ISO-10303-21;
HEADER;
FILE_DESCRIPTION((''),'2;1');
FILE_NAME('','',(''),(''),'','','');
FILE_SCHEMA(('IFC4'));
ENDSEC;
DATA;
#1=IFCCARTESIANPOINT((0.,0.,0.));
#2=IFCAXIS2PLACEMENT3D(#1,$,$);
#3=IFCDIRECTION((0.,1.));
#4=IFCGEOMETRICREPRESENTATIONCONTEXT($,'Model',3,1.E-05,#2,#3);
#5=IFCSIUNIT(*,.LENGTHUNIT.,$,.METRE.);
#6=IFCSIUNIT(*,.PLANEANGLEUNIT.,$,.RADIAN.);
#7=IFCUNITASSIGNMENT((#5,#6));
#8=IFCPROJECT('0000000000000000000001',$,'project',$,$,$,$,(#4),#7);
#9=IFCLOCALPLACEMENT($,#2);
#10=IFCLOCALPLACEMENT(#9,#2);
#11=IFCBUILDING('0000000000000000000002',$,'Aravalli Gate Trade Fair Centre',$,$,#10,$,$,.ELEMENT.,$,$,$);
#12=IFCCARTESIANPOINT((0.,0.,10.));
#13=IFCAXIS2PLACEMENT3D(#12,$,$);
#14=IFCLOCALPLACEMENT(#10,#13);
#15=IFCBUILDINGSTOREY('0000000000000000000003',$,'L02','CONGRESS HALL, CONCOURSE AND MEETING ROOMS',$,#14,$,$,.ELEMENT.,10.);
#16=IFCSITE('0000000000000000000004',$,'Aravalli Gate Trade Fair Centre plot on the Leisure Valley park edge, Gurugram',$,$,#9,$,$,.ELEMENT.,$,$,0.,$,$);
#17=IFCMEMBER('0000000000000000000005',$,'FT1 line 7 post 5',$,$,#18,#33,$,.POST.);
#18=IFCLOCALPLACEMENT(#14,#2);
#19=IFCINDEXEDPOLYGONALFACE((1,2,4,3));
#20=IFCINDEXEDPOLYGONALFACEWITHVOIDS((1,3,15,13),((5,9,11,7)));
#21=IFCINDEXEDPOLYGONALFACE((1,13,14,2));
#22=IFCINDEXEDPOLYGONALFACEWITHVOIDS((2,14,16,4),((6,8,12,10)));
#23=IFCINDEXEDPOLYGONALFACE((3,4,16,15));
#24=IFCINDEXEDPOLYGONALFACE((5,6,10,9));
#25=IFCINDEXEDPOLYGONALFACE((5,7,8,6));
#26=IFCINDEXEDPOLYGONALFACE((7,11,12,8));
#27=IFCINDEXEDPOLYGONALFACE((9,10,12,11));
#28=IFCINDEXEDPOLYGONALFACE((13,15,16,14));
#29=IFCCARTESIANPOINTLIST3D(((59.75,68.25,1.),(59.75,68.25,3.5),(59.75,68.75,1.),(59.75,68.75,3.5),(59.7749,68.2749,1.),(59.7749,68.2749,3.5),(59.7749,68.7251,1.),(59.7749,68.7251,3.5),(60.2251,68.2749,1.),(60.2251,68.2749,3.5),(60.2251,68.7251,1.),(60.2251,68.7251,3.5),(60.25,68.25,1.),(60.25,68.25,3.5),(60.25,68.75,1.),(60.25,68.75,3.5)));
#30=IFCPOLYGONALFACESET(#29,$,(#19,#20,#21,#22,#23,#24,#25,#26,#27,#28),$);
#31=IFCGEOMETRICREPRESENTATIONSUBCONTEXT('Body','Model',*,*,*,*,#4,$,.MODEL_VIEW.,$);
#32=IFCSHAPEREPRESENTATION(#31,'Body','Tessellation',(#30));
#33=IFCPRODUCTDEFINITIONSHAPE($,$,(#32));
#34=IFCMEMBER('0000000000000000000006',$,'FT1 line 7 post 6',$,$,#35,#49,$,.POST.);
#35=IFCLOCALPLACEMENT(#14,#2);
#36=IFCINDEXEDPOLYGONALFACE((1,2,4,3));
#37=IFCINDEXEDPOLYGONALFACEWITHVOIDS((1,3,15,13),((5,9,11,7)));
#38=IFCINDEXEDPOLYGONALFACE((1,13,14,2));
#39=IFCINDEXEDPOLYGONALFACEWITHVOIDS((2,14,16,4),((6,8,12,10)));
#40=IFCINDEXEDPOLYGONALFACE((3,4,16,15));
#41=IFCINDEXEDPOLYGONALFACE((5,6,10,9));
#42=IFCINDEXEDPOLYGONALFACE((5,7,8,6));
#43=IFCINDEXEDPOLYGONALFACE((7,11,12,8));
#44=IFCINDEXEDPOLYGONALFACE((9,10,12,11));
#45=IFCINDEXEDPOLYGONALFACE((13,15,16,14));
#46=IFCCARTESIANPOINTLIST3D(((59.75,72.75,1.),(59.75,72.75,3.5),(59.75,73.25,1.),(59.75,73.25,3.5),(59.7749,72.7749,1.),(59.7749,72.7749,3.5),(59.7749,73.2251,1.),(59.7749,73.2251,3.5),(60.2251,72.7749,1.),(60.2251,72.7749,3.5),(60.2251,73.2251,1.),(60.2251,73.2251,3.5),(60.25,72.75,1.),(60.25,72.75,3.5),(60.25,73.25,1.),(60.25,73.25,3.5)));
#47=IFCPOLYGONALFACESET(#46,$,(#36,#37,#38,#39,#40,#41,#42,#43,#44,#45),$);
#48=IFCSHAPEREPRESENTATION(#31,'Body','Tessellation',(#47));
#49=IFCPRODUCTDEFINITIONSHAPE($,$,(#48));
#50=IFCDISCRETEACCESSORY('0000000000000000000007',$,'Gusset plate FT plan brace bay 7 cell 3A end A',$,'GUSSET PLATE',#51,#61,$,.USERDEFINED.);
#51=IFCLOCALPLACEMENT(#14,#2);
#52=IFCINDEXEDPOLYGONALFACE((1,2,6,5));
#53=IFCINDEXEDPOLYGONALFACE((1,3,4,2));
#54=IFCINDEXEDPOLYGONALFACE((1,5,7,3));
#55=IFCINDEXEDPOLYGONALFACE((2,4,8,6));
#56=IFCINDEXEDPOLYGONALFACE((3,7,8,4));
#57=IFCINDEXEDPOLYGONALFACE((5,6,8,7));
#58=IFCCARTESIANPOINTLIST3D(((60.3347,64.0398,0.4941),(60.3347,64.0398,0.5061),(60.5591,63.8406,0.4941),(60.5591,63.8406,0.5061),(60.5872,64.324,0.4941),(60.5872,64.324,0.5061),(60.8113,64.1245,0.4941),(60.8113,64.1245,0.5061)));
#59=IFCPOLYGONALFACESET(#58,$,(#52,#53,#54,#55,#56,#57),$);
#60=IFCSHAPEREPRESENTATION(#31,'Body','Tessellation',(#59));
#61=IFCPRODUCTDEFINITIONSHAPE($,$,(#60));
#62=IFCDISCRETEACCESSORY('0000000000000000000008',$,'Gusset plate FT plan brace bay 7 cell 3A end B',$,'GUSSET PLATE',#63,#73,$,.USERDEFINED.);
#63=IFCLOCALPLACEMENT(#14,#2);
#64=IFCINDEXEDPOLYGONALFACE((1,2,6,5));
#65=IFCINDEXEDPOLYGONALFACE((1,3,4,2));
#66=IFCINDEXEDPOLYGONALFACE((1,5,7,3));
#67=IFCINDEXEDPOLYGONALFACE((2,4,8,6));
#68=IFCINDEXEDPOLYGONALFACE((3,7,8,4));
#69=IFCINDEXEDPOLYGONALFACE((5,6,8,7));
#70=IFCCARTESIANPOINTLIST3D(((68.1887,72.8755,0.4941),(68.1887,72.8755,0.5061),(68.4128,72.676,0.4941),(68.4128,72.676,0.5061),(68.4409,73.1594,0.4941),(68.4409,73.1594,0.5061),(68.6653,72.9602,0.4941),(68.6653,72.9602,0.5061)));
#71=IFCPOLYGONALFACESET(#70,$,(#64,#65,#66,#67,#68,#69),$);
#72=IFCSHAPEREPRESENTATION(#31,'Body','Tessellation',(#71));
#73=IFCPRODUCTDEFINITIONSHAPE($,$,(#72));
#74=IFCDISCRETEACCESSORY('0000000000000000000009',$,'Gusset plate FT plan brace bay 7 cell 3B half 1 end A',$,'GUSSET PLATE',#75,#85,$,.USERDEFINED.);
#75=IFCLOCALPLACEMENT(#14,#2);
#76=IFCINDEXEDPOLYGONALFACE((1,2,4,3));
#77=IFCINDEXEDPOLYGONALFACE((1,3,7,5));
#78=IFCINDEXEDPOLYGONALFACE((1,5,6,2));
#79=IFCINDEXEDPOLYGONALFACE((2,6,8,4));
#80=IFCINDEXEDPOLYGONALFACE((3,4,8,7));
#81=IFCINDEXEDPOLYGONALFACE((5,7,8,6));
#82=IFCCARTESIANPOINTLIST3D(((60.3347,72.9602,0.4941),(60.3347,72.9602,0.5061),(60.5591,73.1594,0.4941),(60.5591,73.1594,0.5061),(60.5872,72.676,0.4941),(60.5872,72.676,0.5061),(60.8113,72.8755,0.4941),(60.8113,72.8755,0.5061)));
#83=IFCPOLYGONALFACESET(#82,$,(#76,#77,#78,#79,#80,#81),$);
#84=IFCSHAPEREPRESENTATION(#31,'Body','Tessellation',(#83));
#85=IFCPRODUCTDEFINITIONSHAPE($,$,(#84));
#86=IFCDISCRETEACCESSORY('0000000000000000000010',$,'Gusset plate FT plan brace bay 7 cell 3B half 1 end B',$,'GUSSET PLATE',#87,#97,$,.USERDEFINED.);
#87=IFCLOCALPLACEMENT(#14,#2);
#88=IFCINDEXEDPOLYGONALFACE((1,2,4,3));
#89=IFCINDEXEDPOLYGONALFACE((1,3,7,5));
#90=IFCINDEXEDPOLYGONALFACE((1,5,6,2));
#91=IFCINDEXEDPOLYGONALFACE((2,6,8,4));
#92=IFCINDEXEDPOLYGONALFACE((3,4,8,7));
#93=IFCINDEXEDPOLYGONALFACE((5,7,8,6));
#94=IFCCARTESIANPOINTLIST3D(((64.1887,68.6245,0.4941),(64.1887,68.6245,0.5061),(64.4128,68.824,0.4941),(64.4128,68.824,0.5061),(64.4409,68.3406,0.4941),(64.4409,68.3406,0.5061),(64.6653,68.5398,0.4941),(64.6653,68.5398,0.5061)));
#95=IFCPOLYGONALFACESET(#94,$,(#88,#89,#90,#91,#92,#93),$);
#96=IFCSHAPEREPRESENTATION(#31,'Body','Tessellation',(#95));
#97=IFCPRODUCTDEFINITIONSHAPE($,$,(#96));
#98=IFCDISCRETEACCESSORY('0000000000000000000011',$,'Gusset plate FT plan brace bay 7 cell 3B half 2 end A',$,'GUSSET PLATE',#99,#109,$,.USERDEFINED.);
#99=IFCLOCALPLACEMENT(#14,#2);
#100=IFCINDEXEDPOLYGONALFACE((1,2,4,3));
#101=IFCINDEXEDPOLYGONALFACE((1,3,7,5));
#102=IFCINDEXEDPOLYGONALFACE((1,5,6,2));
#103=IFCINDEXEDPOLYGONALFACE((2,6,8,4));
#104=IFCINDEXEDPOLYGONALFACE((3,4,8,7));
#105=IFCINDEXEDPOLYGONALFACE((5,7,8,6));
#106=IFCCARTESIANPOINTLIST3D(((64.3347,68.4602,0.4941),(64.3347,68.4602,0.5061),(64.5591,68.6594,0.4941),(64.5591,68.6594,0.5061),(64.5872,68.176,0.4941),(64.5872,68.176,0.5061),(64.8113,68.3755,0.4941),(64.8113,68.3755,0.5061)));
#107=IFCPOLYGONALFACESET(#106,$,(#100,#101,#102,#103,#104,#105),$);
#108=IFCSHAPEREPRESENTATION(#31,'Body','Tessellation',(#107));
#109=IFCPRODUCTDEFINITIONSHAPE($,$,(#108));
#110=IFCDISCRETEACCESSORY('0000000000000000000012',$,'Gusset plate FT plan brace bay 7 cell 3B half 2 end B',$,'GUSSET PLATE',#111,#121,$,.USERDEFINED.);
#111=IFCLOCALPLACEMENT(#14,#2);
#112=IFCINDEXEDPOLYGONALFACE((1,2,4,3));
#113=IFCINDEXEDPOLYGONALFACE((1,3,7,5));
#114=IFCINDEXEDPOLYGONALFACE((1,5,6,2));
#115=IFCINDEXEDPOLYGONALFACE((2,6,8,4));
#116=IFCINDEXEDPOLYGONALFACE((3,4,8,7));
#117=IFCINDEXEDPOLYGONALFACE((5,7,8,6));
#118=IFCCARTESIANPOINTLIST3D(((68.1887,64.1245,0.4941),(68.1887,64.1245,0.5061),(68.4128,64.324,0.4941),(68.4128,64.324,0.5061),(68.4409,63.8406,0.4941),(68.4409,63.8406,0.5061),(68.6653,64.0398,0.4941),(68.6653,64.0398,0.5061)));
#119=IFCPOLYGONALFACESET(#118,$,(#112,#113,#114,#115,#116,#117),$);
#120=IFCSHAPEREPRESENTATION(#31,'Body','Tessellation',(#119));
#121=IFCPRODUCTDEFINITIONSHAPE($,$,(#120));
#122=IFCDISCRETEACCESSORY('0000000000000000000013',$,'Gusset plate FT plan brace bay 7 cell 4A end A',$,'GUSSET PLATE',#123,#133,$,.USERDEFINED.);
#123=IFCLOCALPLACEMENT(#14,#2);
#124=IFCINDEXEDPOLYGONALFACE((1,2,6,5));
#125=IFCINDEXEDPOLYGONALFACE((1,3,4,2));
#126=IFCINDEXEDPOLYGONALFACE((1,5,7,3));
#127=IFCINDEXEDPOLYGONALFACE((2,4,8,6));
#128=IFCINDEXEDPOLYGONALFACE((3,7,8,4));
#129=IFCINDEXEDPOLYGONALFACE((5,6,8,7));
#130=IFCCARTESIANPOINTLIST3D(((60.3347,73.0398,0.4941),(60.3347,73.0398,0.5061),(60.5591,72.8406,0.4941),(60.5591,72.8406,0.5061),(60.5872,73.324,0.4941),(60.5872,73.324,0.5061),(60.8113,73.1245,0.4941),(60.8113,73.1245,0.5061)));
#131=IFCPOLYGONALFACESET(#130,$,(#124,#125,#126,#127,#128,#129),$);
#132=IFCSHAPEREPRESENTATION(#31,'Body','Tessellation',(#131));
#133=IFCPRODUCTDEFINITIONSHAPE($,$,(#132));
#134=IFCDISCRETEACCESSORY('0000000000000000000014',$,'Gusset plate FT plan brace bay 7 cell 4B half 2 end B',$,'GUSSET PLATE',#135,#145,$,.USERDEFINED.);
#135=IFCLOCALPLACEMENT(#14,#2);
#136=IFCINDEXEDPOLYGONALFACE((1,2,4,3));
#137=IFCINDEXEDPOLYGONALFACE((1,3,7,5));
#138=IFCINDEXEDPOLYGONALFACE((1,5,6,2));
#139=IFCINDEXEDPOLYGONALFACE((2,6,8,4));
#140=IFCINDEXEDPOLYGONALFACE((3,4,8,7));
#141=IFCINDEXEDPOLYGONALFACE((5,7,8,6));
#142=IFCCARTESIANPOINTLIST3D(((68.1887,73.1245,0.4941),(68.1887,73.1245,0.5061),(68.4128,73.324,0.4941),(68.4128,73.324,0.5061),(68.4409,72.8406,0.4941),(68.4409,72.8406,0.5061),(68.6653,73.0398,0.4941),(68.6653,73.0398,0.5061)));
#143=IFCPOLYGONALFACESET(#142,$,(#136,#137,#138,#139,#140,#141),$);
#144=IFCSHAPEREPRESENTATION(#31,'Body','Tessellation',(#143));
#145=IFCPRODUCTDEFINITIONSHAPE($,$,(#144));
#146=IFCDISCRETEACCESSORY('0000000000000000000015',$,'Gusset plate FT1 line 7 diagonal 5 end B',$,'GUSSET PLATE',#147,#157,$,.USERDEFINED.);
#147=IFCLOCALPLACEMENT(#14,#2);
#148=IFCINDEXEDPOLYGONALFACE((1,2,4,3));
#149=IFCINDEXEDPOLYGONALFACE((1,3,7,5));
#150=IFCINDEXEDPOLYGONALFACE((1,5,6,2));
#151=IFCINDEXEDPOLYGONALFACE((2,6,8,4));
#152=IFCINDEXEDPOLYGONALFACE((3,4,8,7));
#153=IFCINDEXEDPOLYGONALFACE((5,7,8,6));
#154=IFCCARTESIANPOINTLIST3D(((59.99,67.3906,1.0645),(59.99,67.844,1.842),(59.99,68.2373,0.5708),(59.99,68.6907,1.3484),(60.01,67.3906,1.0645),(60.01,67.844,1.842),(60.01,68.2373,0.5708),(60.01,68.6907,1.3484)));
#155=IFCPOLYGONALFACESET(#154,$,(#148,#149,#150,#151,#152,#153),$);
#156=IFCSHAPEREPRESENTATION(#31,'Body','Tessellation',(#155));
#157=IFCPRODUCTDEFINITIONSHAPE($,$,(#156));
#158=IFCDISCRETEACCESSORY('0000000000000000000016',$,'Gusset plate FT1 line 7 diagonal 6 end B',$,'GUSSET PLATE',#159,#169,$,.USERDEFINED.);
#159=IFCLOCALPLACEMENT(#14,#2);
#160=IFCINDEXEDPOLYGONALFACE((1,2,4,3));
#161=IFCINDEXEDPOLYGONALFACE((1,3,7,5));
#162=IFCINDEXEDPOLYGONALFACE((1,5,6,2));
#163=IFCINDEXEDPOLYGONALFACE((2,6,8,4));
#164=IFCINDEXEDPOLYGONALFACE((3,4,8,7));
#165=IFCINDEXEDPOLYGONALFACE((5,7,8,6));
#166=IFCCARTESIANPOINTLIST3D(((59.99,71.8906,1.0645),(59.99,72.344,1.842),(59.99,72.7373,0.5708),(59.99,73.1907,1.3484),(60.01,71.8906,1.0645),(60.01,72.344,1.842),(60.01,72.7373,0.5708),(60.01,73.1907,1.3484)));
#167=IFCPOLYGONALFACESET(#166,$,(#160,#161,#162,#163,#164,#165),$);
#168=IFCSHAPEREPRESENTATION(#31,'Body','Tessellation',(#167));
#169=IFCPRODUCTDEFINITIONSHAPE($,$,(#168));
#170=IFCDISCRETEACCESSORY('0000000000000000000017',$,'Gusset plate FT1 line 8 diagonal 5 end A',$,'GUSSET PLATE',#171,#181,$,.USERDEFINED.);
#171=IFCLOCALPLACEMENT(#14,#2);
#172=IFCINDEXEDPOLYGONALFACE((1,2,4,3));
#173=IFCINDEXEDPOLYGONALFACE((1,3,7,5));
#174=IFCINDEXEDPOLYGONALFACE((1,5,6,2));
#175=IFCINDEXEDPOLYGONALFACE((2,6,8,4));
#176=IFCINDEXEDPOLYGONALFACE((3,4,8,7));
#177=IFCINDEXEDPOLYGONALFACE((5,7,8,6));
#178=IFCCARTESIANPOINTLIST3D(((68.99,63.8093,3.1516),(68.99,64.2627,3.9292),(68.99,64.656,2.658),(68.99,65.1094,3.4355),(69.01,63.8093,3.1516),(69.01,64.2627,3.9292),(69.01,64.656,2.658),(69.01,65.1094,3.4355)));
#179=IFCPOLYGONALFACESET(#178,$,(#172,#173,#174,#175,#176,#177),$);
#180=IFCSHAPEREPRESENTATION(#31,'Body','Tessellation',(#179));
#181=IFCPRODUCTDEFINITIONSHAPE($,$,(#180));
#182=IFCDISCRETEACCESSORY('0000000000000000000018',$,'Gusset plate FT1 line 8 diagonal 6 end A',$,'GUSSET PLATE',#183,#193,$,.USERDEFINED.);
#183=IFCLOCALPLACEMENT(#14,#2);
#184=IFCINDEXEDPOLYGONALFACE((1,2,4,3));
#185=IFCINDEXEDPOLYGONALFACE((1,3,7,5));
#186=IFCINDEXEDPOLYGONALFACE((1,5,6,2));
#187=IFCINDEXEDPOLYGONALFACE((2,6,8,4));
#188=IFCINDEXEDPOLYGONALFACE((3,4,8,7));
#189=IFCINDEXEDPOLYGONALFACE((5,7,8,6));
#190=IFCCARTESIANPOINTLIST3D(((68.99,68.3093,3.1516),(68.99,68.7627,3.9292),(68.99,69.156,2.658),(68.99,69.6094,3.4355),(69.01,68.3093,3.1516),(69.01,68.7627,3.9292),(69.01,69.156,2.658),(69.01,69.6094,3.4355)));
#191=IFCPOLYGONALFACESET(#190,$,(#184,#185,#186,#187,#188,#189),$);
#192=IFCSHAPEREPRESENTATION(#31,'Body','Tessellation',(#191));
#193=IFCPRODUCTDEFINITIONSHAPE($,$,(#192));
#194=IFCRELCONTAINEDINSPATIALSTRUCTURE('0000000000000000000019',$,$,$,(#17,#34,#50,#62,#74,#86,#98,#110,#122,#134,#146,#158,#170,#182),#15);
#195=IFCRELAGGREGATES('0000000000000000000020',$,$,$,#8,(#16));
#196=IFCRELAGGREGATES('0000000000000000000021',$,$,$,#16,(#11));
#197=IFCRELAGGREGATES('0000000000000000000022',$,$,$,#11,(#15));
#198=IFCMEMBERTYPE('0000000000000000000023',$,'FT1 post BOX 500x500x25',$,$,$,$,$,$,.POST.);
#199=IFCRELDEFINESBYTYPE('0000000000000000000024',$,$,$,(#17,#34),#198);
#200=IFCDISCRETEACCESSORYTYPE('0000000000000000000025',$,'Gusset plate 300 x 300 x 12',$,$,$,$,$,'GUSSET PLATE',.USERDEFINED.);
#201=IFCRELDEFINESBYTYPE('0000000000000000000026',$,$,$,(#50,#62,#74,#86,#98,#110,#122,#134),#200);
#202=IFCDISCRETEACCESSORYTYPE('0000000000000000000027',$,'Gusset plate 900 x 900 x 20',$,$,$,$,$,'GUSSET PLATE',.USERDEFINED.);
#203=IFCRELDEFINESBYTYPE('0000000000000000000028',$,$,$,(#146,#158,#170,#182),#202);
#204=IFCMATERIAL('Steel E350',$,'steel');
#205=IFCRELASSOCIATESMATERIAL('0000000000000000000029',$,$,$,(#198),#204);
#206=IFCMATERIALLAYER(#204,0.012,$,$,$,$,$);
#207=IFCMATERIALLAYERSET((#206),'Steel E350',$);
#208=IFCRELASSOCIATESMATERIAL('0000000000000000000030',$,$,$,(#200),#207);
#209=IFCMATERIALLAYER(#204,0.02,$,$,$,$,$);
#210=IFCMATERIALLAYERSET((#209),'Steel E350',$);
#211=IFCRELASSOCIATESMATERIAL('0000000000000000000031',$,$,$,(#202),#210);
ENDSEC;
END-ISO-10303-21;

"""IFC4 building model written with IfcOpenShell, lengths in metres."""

from ifc_helpers import new_model, si_unit, direction, frame, origin, origin_2d, place, context, subcontext, project, spatial, polyline, hollow_rectangle, outline, extrude, material, layer, layer_set, material_profile, profile_set, type_object, element, save


model = new_model("IFC4")

# Units and contexts
model_context = context("Model", 3, precision=1e-05, world=origin(), true_north=direction((0.0, 1.0)))
body_context = subcontext(model_context, "Body", "Model", "MODEL_VIEW")
ifc_project = project(units=[si_unit("LENGTHUNIT", "METRE"), si_unit("PLANEANGLEUNIT", "RADIAN")], contexts=[model_context])

# Site, building, storey
site_placement = place(None, origin())
site = spatial("IfcSite", under=ifc_project, at=site_placement, Name="Aravalli Gate Trade Fair Centre plot on the Leisure Valley park edge, Gurugram", CompositionType="ELEMENT", RefElevation=0.0)
building_placement = place(site_placement, origin())
building = spatial("IfcBuilding", under=site, at=building_placement, Name="Aravalli Gate Trade Fair Centre", CompositionType="ELEMENT")
storey_placement = place(building_placement, frame((0.0, 0.0, 10.0)))
storey = spatial("IfcBuildingStorey", under=building, at=storey_placement, Name="L02", Description="CONGRESS HALL, CONCOURSE AND MEETING ROOMS", CompositionType="ELEMENT", Elevation=10.0)

# Members
ifc_material = material(Name="Steel E350", Category="steel")
ifc_material_profile_1 = material_profile(ifc_material, hollow_rectangle(XDim=0.5, YDim=0.5, WallThickness=0.0249, at=origin_2d()), Name="BOX 500x500x25")
ifc_profile_set_1 = profile_set([ifc_material_profile_1], Name="Steel E350")
member_type_1 = type_object("IfcMemberType", Name="FT1 post BOX 500x500x25", PredefinedType="POST", material=ifc_profile_set_1)
for number, where, z_axis, x_axis, name in (
    (1, (60.0, 68.5, 1.0), (0.0, 0.0, 1.0), (1.0, 0.0, 0.0), "FT1 line 7 post 5"),
    (2, (60.0, 73.0, 1.0), (0.0, 0.0, 1.0), (1.0, 0.0, 0.0), "FT1 line 7 post 6"),
):
    element("IfcMember", number, at=place(storey_placement, frame(where, z_axis=z_axis, x_axis=x_axis)), inside=storey, type_object=member_type_1, Name=name, PredefinedType="POST", context=body_context, shape_type="SweptSolid", body=[
        extrude(hollow_rectangle(XDim=0.5, YDim=0.5, WallThickness=0.0249, at=origin_2d()), origin(), (0.0, 0.0, 1.0), 2.5),
    ])

# Discrete accessories
ifc_layer_1 = layer(ifc_material, 0.012)
ifc_layer_set_1 = layer_set([ifc_layer_1], Name="Steel E350")
discrete_accessory_type_1 = type_object("IfcDiscreteAccessoryType", Name="Gusset plate 300 x 300 x 12", ElementType="GUSSET PLATE", PredefinedType="USERDEFINED", material=ifc_layer_set_1)
discrete_accessory_1_placement = place(storey_placement, frame((60.8113, 64.1245, 0.5061), z_axis=(0.0, 0.0, 1.0), x_axis=(-0.664084, -0.747658, 0.0)))
element("IfcDiscreteAccessory", 3, at=discrete_accessory_1_placement, inside=storey, type_object=discrete_accessory_type_1, Name="Gusset plate FT plan brace bay 7 cell 3A end A", ObjectType="GUSSET PLATE", PredefinedType="USERDEFINED", context=body_context, shape_type="SweptSolid", body=[
    extrude(outline(polyline([(0.0, 0.0), (0.3798, 0.0), (0.3798, -0.3), (-0.0003, -0.3), (0.0, 0.0)])), origin(), (0.0, 0.0, -1.0), 0.012),
])
discrete_accessory_2_placement = place(storey_placement, frame((68.4128, 72.676, 0.5061), z_axis=(0.0, 0.0, 1.0), x_axis=(0.664125, 0.747622, 0.0)))
element("IfcDiscreteAccessory", 4, at=discrete_accessory_2_placement, inside=storey, type_object=discrete_accessory_type_1, Name="Gusset plate FT plan brace bay 7 cell 3A end B", ObjectType="GUSSET PLATE", PredefinedType="USERDEFINED", context=body_context, shape_type="SweptSolid", body=[
    extrude(outline(polyline([(0.0, 0.0), (0.3801, 0.0), (0.38, 0.3), (0.0003, 0.3), (0.0, 0.0)])), origin(), (0.0, 0.0, -1.0), 0.012),
])
discrete_accessory_3_placement = place(storey_placement, frame((60.5872, 72.676, 0.5061), z_axis=(0.0, 0.0, 1.0), x_axis=(-0.664125, 0.747622, 0.0)))
element("IfcDiscreteAccessory", 5, at=discrete_accessory_3_placement, inside=storey, type_object=discrete_accessory_type_1, Name="Gusset plate FT plan brace bay 7 cell 3B half 1 end A", ObjectType="GUSSET PLATE", PredefinedType="USERDEFINED", context=body_context, shape_type="SweptSolid", body=[
    extrude(outline(polyline([(0.0, 0.0), (0.3801, 0.0), (0.38, -0.3), (0.0003, -0.3), (0.0, 0.0)])), origin(), (0.0, 0.0, -1.0), 0.012),
])
discrete_accessory_4_placement = place(storey_placement, frame((64.1887, 68.6245, 0.5061), z_axis=(0.0, 0.0, 1.0), x_axis=(0.664084, -0.747658, 0.0)))
element("IfcDiscreteAccessory", 6, at=discrete_accessory_4_placement, inside=storey, type_object=discrete_accessory_type_1, Name="Gusset plate FT plan brace bay 7 cell 3B half 1 end B", ObjectType="GUSSET PLATE", PredefinedType="USERDEFINED", context=body_context, shape_type="SweptSolid", body=[
    extrude(outline(polyline([(0.0, 0.0), (0.3798, 0.0), (0.3798, 0.3), (-0.0003, 0.3), (0.0, 0.0)])), origin(), (0.0, 0.0, -1.0), 0.012),
])
discrete_accessory_5_placement = place(storey_placement, frame((64.5872, 68.176, 0.5061), z_axis=(0.0, 0.0, 1.0), x_axis=(-0.664125, 0.747622, 0.0)))
element("IfcDiscreteAccessory", 7, at=discrete_accessory_5_placement, inside=storey, type_object=discrete_accessory_type_1, Name="Gusset plate FT plan brace bay 7 cell 3B half 2 end A", ObjectType="GUSSET PLATE", PredefinedType="USERDEFINED", context=body_context, shape_type="SweptSolid", body=[
    extrude(outline(polyline([(0.0, 0.0), (0.3801, 0.0), (0.38, -0.3), (0.0003, -0.3), (0.0, 0.0)])), origin(), (0.0, 0.0, -1.0), 0.012),
])
discrete_accessory_6_placement = place(storey_placement, frame((68.1887, 64.1245, 0.5061), z_axis=(0.0, 0.0, 1.0), x_axis=(0.664084, -0.747658, 0.0)))
element("IfcDiscreteAccessory", 8, at=discrete_accessory_6_placement, inside=storey, type_object=discrete_accessory_type_1, Name="Gusset plate FT plan brace bay 7 cell 3B half 2 end B", ObjectType="GUSSET PLATE", PredefinedType="USERDEFINED", context=body_context, shape_type="SweptSolid", body=[
    extrude(outline(polyline([(0.0, 0.0), (0.3798, 0.0), (0.3798, 0.3), (-0.0003, 0.3), (0.0, 0.0)])), origin(), (0.0, 0.0, -1.0), 0.012),
])
discrete_accessory_7_placement = place(storey_placement, frame((60.8113, 73.1245, 0.5061), z_axis=(0.0, 0.0, 1.0), x_axis=(-0.664084, -0.747658, 0.0)))
element("IfcDiscreteAccessory", 9, at=discrete_accessory_7_placement, inside=storey, type_object=discrete_accessory_type_1, Name="Gusset plate FT plan brace bay 7 cell 4A end A", ObjectType="GUSSET PLATE", PredefinedType="USERDEFINED", context=body_context, shape_type="SweptSolid", body=[
    extrude(outline(polyline([(0.0, 0.0), (0.3798, 0.0), (0.3798, -0.3), (-0.0003, -0.3), (0.0, 0.0)])), origin(), (0.0, 0.0, -1.0), 0.012),
])
discrete_accessory_8_placement = place(storey_placement, frame((68.1887, 73.1245, 0.5061), z_axis=(0.0, 0.0, 1.0), x_axis=(0.664084, -0.747658, 0.0)))
element("IfcDiscreteAccessory", 10, at=discrete_accessory_8_placement, inside=storey, type_object=discrete_accessory_type_1, Name="Gusset plate FT plan brace bay 7 cell 4B half 2 end B", ObjectType="GUSSET PLATE", PredefinedType="USERDEFINED", context=body_context, shape_type="SweptSolid", body=[
    extrude(outline(polyline([(0.0, 0.0), (0.3798, 0.0), (0.3798, 0.3), (-0.0003, 0.3), (0.0, 0.0)])), origin(), (0.0, 0.0, -1.0), 0.012),
])
ifc_layer_2 = layer(ifc_material, 0.02)
ifc_layer_set_2 = layer_set([ifc_layer_2], Name="Steel E350")
discrete_accessory_type_2 = type_object("IfcDiscreteAccessoryType", Name="Gusset plate 900 x 900 x 20", ElementType="GUSSET PLATE", PredefinedType="USERDEFINED", material=ifc_layer_set_2)
for number, where, z_axis, x_axis, name in (
    (11, (60.01, 67.3906, 1.0645), (1.0, 0.0, 0.0), (0.0, 0.863887, -0.503685), "Gusset plate FT1 line 7 diagonal 5 end B"),
    (12, (60.01, 71.8906, 1.0645), (1.0, 0.0, 0.0), (0.0, 0.863887, -0.503685), "Gusset plate FT1 line 7 diagonal 6 end B"),
):
    element("IfcDiscreteAccessory", number, at=place(storey_placement, frame(where, z_axis=z_axis, x_axis=x_axis)), inside=storey, type_object=discrete_accessory_type_2, Name=name, ObjectType="GUSSET PLATE", PredefinedType="USERDEFINED", context=body_context, shape_type="SweptSolid", body=[
        extrude(outline(polyline([(0.0, 0.0), (0.9801, 0.0), (0.9801, 0.9001), (0.0, 0.9001), (0.0, 0.0)])), origin(), (0.0, 0.0, -1.0), 0.02),
    ])
for number, where, z_axis, x_axis, name in (
    (13, (68.99, 64.656, 2.658), (-1.0, 0.0, 0.0), (0.0, -0.863887, 0.503685), "Gusset plate FT1 line 8 diagonal 5 end A"),
    (14, (68.99, 69.156, 2.658), (-1.0, 0.0, 0.0), (0.0, -0.863887, 0.503685), "Gusset plate FT1 line 8 diagonal 6 end A"),
):
    element("IfcDiscreteAccessory", number, at=place(storey_placement, frame(where, z_axis=z_axis, x_axis=x_axis)), inside=storey, type_object=discrete_accessory_type_2, Name=name, ObjectType="GUSSET PLATE", PredefinedType="USERDEFINED", context=body_context, shape_type="SweptSolid", body=[
        extrude(outline(polyline([(0.0, 0.0), (0.9801, 0.0), (0.9801, 0.9001), (0.0, 0.9001), (0.0, 0.0)])), origin(), (0.0, 0.0, -1.0), 0.02),
    ])

save(model, "model.ifc")
